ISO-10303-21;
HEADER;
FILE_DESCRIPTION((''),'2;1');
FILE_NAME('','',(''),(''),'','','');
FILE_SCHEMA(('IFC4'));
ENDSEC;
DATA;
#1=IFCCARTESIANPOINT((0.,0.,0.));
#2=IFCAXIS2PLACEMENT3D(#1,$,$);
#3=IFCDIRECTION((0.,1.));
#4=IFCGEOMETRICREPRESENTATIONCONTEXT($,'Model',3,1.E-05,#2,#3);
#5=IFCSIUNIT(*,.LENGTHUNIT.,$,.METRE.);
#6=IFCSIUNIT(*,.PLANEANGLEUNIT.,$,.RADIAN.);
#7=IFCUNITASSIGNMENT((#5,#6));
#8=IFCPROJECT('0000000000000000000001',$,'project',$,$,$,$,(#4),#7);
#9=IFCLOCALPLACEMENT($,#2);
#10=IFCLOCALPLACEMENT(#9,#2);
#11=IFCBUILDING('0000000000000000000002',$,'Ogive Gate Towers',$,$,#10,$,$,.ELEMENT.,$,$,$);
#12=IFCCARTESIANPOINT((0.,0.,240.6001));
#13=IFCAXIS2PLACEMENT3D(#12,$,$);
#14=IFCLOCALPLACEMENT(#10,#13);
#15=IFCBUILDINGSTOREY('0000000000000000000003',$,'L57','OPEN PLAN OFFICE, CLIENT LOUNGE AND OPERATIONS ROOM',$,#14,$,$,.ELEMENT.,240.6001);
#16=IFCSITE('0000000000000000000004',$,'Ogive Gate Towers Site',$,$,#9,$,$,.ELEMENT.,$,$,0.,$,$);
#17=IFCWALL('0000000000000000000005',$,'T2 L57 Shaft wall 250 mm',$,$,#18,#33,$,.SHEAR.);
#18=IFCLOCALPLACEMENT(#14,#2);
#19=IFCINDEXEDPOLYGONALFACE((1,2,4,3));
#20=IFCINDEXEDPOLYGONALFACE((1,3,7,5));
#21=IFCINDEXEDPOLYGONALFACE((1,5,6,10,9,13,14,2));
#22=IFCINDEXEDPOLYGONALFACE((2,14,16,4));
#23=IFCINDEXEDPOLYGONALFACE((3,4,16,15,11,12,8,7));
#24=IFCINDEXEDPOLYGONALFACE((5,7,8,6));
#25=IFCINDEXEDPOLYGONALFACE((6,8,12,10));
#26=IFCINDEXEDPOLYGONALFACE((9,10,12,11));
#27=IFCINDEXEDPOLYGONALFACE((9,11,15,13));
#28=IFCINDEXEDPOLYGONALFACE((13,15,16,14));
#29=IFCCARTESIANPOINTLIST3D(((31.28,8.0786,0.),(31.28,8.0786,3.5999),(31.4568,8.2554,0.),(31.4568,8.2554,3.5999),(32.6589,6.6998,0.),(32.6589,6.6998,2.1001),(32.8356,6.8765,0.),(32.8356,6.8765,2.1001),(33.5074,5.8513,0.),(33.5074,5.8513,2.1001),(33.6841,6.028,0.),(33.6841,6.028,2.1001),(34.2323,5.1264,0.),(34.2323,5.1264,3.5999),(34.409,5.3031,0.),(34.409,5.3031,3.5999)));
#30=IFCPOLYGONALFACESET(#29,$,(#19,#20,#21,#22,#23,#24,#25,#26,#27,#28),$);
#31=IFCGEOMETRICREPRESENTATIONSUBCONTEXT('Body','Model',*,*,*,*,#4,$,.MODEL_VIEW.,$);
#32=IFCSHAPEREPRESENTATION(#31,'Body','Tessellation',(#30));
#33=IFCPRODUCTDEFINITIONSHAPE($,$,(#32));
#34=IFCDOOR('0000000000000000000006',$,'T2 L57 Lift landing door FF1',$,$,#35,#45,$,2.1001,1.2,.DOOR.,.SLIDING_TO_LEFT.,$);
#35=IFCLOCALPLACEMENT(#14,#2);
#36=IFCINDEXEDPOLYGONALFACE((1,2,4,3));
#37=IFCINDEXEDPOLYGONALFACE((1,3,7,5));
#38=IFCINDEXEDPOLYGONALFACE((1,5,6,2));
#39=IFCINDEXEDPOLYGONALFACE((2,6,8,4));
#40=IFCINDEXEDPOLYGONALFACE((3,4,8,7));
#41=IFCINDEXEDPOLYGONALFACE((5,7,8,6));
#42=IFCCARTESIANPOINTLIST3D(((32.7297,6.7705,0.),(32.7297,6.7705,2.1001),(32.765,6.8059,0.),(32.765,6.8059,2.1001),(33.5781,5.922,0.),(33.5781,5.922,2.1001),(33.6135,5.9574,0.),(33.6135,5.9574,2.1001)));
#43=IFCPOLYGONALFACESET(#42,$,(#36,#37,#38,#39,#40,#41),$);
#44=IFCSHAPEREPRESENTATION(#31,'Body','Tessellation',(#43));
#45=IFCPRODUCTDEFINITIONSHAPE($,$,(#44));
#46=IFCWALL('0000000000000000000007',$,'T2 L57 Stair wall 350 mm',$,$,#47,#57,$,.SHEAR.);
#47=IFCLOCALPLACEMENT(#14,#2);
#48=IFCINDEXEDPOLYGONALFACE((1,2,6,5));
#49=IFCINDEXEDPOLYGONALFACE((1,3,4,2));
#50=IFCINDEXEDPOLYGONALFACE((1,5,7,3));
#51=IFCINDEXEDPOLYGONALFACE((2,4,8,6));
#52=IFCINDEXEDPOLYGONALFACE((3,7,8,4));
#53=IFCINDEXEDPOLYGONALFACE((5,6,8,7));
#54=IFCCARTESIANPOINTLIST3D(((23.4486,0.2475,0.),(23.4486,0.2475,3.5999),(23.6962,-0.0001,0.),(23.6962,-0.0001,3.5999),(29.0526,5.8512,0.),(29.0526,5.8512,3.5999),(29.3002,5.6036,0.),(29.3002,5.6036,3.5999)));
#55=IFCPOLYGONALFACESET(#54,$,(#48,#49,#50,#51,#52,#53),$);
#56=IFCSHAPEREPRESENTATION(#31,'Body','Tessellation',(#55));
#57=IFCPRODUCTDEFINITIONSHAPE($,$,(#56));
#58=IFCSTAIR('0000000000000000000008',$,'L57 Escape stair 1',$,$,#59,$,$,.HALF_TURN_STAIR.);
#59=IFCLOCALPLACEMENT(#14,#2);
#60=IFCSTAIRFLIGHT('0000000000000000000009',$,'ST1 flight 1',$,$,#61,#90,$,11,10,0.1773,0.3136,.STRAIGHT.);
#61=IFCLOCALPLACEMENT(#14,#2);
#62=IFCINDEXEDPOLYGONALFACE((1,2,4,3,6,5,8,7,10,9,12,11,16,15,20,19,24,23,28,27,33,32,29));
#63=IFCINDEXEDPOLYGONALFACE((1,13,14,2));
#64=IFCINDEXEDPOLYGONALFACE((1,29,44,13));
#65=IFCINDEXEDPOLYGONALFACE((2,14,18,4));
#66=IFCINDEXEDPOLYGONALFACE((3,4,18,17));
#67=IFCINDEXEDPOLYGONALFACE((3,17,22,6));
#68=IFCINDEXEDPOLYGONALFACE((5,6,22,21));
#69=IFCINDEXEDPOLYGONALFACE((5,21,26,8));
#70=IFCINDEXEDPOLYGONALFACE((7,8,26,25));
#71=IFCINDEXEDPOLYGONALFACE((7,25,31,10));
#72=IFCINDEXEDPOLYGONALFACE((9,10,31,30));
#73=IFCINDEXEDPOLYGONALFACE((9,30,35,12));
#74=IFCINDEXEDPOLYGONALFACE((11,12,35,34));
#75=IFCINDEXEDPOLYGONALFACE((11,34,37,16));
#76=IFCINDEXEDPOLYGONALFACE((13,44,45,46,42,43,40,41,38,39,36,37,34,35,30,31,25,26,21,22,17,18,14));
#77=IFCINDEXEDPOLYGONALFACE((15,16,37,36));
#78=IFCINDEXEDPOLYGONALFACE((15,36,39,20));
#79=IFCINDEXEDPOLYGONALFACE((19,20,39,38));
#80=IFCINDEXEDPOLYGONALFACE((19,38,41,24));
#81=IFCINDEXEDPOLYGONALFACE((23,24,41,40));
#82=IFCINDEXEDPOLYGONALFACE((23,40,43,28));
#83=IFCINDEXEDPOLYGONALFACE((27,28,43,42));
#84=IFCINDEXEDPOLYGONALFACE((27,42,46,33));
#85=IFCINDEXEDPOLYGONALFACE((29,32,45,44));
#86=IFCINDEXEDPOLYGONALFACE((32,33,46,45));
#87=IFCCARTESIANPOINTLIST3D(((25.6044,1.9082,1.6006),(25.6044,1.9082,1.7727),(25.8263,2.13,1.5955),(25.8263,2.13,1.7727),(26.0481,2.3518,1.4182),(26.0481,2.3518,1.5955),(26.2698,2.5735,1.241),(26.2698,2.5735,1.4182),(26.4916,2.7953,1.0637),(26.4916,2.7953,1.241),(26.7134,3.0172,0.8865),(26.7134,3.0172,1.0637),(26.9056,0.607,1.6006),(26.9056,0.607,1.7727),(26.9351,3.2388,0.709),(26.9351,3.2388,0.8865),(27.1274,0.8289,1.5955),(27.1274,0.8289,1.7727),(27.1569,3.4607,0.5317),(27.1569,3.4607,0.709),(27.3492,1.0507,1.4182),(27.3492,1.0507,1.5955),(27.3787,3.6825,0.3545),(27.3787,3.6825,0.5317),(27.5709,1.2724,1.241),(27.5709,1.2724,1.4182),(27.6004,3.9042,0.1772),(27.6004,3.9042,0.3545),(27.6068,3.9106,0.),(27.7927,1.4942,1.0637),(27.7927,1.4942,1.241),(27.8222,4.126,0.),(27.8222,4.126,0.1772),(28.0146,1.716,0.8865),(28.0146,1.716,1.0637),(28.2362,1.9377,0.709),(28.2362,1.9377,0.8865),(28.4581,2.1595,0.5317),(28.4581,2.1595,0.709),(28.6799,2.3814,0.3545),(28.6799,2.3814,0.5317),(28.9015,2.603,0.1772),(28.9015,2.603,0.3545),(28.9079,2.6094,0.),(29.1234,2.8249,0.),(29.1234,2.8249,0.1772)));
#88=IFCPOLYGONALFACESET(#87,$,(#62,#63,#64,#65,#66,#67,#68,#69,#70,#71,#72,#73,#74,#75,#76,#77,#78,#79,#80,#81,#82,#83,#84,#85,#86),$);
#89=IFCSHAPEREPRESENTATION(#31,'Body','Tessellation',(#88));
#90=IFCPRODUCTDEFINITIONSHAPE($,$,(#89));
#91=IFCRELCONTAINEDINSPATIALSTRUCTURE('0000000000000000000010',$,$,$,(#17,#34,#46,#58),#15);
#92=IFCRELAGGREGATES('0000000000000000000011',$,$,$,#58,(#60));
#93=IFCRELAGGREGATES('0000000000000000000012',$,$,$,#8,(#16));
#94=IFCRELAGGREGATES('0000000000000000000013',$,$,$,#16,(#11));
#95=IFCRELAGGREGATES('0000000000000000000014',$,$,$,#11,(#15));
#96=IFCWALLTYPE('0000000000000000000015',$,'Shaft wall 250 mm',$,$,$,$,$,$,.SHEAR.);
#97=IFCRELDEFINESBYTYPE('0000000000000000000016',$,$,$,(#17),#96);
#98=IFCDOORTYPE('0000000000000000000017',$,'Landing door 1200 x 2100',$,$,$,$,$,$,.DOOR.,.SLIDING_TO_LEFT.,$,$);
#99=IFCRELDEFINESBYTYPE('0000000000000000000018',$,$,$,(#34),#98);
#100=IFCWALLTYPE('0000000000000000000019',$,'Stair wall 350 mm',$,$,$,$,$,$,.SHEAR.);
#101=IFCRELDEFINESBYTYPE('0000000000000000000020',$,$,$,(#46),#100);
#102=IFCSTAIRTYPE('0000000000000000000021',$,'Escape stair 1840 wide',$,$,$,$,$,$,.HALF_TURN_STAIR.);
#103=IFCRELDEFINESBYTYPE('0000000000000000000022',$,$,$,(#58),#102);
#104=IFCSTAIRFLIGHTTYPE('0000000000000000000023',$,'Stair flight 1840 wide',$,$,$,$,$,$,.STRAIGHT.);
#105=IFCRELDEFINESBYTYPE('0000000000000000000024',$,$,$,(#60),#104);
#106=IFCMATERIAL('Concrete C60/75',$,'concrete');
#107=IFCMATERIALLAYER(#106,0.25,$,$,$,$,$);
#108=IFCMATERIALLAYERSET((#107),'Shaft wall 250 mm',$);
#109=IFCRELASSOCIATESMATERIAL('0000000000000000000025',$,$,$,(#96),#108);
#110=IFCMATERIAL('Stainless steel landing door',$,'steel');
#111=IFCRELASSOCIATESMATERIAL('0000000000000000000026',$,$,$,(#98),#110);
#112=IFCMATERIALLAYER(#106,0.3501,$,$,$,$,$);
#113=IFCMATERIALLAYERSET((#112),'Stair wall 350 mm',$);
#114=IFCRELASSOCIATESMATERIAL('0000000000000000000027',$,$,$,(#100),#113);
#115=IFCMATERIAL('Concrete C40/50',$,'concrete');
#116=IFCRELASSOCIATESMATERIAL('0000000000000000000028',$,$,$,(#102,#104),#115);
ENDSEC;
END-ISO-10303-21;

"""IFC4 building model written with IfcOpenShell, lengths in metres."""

from ifc_helpers import new_model, si_unit, direction, frame, frame_2d, origin, place, context, subcontext, project, spatial, polyline, rectangle, outline, extrude, material, layer, layer_set, type_object, element, fill, aggregate, save


model = new_model("IFC4")

# Units and contexts
model_context = context("Model", 3, precision=1e-05, world=origin(), true_north=direction((0.0, 1.0)))
body_context = subcontext(model_context, "Body", "Model", "MODEL_VIEW")
ifc_project = project(units=[si_unit("LENGTHUNIT", "METRE"), si_unit("PLANEANGLEUNIT", "RADIAN")], contexts=[model_context])

# Site, building, storey
site_placement = place(None, origin())
site = spatial("IfcSite", under=ifc_project, at=site_placement, Name="Ogive Gate Towers Site", CompositionType="ELEMENT", RefElevation=0.0)
building_placement = place(site_placement, origin())
building = spatial("IfcBuilding", under=site, at=building_placement, Name="Ogive Gate Towers", CompositionType="ELEMENT")
storey_placement = place(building_placement, frame((0.0, 0.0, 240.6001)))
storey = spatial("IfcBuildingStorey", under=building, at=storey_placement, Name="L57", Description="OPEN PLAN OFFICE, CLIENT LOUNGE AND OPERATIONS ROOM", CompositionType="ELEMENT", Elevation=240.6001)

# Shared definitions
ifc_material_1 = material(Name="Concrete C40/50", Category="concrete")

# Shared definitions
ifc_material_2 = material(Name="Concrete C60/75", Category="concrete")

# Shared definitions
ifc_layer_1 = layer(ifc_material_2, 0.25)
ifc_layer_set_1 = layer_set([ifc_layer_1], Name="Shaft wall 250 mm")
wall_type_1 = type_object("IfcWallType", Name="Shaft wall 250 mm", PredefinedType="SHEAR", material=ifc_layer_set_1)

# Wall, opening, door
wall_1_placement = place(storey_placement, frame((34.3206, 5.2148, 0.0), z_axis=(0.0, 0.0, 1.0), x_axis=(-0.707107, 0.707107, 0.0)))
wall_1 = element("IfcWall", 1, at=wall_1_placement, inside=storey, type_object=wall_type_1, Name="T2 L57 Shaft wall 250 mm", PredefinedType="SHEAR", context=body_context, shape_type="SweptSolid", body=[
    extrude(rectangle(XDim=4.175, YDim=0.25, at=frame_2d((2.0874, 0.0))), origin(), (0.0, 0.0, 1.0), 3.5999),
])
opening_1_placement = place(wall_1_placement, frame((1.0249, 0.0, 0.0)))
opening_1 = element("IfcOpeningElement", 2, at=opening_1_placement, cuts=wall_1, PredefinedType="OPENING", context=body_context, shape_type="SweptSolid", body=[
    extrude(rectangle(XDim=1.2, YDim=2.1001, at=frame_2d((0.6001, 1.05))), frame((0.0, 0.135, 0.0), z_axis=(0.0, -1.0, 0.0), x_axis=(1.0, 0.0, 0.0)), (0.0, 0.0, 1.0), 0.27),
])
ifc_material_3 = material(Name="Stainless steel landing door", Category="steel")
door_type_1 = type_object("IfcDoorType", Name="Landing door 1200 x 2100", OperationType="SLIDING_TO_LEFT", PredefinedType="DOOR", material=ifc_material_3)
door_1_placement = place(opening_1_placement, origin())
door_1 = element("IfcDoor", 3, at=door_1_placement, inside=storey, type_object=door_type_1, Name="T2 L57 Lift landing door FF1", OperationType="SLIDING_TO_LEFT", OverallHeight=2.1001, OverallWidth=1.2, PredefinedType="DOOR", context=body_context, shape_type="SweptSolid", body=[
    extrude(rectangle(XDim=1.2, YDim=2.1001, at=frame_2d((0.6001, 1.05))), frame((0.0, 0.0249, 0.0), z_axis=(0.0, -1.0, 0.0), x_axis=(1.0, 0.0, 0.0)), (0.0, 0.0, 1.0), 0.05),
])
fill(opening_1, door_1)

# Wall
ifc_layer_2 = layer(ifc_material_2, 0.3501)
ifc_layer_set_2 = layer_set([ifc_layer_2], Name="Stair wall 350 mm")
wall_type_2 = type_object("IfcWallType", Name="Stair wall 350 mm", PredefinedType="SHEAR", material=ifc_layer_set_2)
wall_2_placement = place(storey_placement, frame((23.5725, 0.1238, 0.0), z_axis=(0.0, 0.0, 1.0), x_axis=(0.707122, 0.707091, 0.0)))
element("IfcWall", 4, at=wall_2_placement, inside=storey, type_object=wall_type_2, Name="T2 L57 Stair wall 350 mm", PredefinedType="SHEAR", context=body_context, shape_type="SweptSolid", body=[
    extrude(rectangle(XDim=7.925, YDim=0.3501, at=frame_2d((3.9624, 0.0))), origin(), (0.0, 0.0, 1.0), 3.5999),
])

# Stair, stair flight
stair_type = type_object("IfcStairType", Name="Escape stair 1840 wide", PredefinedType="HALF_TURN_STAIR", material=ifc_material_1)
stair_placement = place(storey_placement, origin())
stair = element("IfcStair", 5, at=stair_placement, inside=storey, type_object=stair_type, Name="L57 Escape stair 1", PredefinedType="HALF_TURN_STAIR")
stair_flight_type = type_object("IfcStairFlightType", Name="Stair flight 1840 wide", PredefinedType="STRAIGHT", material=ifc_material_1)
stair_flight_placement = place(storey_placement, frame((28.4729, 3.4753, 0.0), z_axis=(0.0, 0.0, 1.0), x_axis=(-0.707107, -0.707107, 0.0)))
stair_flight = element("IfcStairFlight", 6, at=stair_flight_placement, type_object=stair_flight_type, Name="ST1 flight 1", NumberOfRisers=11, NumberOfTreads=10, PredefinedType="STRAIGHT", RiserHeight=0.1773, TreadLength=0.3136, context=body_context, shape_type="SweptSolid", body=[
    extrude(outline(polyline([(0.0, 0.0), (0.0, 0.1772), (0.3137, 0.1772), (0.3137, 0.3545), (0.6272, 0.3545), (0.6272, 0.5317), (0.9409, 0.5317), (0.9409, 0.709), (1.2546, 0.709), (1.2546, 0.8865), (1.5681, 0.8865), (1.5681, 1.0637), (1.8818, 1.0637), (1.8818, 1.241), (2.1956, 1.241), (2.1956, 1.4182), (2.509, 1.4182), (2.509, 1.5955), (2.8228, 1.5955), (2.8228, 1.7727), (3.1365, 1.7727), (3.1365, 1.95), (3.1365, 1.6006), (0.3047, 0.0), (0.0, 0.0)])), frame((0.0, 0.9199, 0.0), z_axis=(0.0, -1.0, 0.0), x_axis=(1.0, 0.0, 0.0)), (0.0, 0.0, 1.0), 1.8401),
])
aggregate(stair, [stair_flight])

save(model, "model.ifc")
